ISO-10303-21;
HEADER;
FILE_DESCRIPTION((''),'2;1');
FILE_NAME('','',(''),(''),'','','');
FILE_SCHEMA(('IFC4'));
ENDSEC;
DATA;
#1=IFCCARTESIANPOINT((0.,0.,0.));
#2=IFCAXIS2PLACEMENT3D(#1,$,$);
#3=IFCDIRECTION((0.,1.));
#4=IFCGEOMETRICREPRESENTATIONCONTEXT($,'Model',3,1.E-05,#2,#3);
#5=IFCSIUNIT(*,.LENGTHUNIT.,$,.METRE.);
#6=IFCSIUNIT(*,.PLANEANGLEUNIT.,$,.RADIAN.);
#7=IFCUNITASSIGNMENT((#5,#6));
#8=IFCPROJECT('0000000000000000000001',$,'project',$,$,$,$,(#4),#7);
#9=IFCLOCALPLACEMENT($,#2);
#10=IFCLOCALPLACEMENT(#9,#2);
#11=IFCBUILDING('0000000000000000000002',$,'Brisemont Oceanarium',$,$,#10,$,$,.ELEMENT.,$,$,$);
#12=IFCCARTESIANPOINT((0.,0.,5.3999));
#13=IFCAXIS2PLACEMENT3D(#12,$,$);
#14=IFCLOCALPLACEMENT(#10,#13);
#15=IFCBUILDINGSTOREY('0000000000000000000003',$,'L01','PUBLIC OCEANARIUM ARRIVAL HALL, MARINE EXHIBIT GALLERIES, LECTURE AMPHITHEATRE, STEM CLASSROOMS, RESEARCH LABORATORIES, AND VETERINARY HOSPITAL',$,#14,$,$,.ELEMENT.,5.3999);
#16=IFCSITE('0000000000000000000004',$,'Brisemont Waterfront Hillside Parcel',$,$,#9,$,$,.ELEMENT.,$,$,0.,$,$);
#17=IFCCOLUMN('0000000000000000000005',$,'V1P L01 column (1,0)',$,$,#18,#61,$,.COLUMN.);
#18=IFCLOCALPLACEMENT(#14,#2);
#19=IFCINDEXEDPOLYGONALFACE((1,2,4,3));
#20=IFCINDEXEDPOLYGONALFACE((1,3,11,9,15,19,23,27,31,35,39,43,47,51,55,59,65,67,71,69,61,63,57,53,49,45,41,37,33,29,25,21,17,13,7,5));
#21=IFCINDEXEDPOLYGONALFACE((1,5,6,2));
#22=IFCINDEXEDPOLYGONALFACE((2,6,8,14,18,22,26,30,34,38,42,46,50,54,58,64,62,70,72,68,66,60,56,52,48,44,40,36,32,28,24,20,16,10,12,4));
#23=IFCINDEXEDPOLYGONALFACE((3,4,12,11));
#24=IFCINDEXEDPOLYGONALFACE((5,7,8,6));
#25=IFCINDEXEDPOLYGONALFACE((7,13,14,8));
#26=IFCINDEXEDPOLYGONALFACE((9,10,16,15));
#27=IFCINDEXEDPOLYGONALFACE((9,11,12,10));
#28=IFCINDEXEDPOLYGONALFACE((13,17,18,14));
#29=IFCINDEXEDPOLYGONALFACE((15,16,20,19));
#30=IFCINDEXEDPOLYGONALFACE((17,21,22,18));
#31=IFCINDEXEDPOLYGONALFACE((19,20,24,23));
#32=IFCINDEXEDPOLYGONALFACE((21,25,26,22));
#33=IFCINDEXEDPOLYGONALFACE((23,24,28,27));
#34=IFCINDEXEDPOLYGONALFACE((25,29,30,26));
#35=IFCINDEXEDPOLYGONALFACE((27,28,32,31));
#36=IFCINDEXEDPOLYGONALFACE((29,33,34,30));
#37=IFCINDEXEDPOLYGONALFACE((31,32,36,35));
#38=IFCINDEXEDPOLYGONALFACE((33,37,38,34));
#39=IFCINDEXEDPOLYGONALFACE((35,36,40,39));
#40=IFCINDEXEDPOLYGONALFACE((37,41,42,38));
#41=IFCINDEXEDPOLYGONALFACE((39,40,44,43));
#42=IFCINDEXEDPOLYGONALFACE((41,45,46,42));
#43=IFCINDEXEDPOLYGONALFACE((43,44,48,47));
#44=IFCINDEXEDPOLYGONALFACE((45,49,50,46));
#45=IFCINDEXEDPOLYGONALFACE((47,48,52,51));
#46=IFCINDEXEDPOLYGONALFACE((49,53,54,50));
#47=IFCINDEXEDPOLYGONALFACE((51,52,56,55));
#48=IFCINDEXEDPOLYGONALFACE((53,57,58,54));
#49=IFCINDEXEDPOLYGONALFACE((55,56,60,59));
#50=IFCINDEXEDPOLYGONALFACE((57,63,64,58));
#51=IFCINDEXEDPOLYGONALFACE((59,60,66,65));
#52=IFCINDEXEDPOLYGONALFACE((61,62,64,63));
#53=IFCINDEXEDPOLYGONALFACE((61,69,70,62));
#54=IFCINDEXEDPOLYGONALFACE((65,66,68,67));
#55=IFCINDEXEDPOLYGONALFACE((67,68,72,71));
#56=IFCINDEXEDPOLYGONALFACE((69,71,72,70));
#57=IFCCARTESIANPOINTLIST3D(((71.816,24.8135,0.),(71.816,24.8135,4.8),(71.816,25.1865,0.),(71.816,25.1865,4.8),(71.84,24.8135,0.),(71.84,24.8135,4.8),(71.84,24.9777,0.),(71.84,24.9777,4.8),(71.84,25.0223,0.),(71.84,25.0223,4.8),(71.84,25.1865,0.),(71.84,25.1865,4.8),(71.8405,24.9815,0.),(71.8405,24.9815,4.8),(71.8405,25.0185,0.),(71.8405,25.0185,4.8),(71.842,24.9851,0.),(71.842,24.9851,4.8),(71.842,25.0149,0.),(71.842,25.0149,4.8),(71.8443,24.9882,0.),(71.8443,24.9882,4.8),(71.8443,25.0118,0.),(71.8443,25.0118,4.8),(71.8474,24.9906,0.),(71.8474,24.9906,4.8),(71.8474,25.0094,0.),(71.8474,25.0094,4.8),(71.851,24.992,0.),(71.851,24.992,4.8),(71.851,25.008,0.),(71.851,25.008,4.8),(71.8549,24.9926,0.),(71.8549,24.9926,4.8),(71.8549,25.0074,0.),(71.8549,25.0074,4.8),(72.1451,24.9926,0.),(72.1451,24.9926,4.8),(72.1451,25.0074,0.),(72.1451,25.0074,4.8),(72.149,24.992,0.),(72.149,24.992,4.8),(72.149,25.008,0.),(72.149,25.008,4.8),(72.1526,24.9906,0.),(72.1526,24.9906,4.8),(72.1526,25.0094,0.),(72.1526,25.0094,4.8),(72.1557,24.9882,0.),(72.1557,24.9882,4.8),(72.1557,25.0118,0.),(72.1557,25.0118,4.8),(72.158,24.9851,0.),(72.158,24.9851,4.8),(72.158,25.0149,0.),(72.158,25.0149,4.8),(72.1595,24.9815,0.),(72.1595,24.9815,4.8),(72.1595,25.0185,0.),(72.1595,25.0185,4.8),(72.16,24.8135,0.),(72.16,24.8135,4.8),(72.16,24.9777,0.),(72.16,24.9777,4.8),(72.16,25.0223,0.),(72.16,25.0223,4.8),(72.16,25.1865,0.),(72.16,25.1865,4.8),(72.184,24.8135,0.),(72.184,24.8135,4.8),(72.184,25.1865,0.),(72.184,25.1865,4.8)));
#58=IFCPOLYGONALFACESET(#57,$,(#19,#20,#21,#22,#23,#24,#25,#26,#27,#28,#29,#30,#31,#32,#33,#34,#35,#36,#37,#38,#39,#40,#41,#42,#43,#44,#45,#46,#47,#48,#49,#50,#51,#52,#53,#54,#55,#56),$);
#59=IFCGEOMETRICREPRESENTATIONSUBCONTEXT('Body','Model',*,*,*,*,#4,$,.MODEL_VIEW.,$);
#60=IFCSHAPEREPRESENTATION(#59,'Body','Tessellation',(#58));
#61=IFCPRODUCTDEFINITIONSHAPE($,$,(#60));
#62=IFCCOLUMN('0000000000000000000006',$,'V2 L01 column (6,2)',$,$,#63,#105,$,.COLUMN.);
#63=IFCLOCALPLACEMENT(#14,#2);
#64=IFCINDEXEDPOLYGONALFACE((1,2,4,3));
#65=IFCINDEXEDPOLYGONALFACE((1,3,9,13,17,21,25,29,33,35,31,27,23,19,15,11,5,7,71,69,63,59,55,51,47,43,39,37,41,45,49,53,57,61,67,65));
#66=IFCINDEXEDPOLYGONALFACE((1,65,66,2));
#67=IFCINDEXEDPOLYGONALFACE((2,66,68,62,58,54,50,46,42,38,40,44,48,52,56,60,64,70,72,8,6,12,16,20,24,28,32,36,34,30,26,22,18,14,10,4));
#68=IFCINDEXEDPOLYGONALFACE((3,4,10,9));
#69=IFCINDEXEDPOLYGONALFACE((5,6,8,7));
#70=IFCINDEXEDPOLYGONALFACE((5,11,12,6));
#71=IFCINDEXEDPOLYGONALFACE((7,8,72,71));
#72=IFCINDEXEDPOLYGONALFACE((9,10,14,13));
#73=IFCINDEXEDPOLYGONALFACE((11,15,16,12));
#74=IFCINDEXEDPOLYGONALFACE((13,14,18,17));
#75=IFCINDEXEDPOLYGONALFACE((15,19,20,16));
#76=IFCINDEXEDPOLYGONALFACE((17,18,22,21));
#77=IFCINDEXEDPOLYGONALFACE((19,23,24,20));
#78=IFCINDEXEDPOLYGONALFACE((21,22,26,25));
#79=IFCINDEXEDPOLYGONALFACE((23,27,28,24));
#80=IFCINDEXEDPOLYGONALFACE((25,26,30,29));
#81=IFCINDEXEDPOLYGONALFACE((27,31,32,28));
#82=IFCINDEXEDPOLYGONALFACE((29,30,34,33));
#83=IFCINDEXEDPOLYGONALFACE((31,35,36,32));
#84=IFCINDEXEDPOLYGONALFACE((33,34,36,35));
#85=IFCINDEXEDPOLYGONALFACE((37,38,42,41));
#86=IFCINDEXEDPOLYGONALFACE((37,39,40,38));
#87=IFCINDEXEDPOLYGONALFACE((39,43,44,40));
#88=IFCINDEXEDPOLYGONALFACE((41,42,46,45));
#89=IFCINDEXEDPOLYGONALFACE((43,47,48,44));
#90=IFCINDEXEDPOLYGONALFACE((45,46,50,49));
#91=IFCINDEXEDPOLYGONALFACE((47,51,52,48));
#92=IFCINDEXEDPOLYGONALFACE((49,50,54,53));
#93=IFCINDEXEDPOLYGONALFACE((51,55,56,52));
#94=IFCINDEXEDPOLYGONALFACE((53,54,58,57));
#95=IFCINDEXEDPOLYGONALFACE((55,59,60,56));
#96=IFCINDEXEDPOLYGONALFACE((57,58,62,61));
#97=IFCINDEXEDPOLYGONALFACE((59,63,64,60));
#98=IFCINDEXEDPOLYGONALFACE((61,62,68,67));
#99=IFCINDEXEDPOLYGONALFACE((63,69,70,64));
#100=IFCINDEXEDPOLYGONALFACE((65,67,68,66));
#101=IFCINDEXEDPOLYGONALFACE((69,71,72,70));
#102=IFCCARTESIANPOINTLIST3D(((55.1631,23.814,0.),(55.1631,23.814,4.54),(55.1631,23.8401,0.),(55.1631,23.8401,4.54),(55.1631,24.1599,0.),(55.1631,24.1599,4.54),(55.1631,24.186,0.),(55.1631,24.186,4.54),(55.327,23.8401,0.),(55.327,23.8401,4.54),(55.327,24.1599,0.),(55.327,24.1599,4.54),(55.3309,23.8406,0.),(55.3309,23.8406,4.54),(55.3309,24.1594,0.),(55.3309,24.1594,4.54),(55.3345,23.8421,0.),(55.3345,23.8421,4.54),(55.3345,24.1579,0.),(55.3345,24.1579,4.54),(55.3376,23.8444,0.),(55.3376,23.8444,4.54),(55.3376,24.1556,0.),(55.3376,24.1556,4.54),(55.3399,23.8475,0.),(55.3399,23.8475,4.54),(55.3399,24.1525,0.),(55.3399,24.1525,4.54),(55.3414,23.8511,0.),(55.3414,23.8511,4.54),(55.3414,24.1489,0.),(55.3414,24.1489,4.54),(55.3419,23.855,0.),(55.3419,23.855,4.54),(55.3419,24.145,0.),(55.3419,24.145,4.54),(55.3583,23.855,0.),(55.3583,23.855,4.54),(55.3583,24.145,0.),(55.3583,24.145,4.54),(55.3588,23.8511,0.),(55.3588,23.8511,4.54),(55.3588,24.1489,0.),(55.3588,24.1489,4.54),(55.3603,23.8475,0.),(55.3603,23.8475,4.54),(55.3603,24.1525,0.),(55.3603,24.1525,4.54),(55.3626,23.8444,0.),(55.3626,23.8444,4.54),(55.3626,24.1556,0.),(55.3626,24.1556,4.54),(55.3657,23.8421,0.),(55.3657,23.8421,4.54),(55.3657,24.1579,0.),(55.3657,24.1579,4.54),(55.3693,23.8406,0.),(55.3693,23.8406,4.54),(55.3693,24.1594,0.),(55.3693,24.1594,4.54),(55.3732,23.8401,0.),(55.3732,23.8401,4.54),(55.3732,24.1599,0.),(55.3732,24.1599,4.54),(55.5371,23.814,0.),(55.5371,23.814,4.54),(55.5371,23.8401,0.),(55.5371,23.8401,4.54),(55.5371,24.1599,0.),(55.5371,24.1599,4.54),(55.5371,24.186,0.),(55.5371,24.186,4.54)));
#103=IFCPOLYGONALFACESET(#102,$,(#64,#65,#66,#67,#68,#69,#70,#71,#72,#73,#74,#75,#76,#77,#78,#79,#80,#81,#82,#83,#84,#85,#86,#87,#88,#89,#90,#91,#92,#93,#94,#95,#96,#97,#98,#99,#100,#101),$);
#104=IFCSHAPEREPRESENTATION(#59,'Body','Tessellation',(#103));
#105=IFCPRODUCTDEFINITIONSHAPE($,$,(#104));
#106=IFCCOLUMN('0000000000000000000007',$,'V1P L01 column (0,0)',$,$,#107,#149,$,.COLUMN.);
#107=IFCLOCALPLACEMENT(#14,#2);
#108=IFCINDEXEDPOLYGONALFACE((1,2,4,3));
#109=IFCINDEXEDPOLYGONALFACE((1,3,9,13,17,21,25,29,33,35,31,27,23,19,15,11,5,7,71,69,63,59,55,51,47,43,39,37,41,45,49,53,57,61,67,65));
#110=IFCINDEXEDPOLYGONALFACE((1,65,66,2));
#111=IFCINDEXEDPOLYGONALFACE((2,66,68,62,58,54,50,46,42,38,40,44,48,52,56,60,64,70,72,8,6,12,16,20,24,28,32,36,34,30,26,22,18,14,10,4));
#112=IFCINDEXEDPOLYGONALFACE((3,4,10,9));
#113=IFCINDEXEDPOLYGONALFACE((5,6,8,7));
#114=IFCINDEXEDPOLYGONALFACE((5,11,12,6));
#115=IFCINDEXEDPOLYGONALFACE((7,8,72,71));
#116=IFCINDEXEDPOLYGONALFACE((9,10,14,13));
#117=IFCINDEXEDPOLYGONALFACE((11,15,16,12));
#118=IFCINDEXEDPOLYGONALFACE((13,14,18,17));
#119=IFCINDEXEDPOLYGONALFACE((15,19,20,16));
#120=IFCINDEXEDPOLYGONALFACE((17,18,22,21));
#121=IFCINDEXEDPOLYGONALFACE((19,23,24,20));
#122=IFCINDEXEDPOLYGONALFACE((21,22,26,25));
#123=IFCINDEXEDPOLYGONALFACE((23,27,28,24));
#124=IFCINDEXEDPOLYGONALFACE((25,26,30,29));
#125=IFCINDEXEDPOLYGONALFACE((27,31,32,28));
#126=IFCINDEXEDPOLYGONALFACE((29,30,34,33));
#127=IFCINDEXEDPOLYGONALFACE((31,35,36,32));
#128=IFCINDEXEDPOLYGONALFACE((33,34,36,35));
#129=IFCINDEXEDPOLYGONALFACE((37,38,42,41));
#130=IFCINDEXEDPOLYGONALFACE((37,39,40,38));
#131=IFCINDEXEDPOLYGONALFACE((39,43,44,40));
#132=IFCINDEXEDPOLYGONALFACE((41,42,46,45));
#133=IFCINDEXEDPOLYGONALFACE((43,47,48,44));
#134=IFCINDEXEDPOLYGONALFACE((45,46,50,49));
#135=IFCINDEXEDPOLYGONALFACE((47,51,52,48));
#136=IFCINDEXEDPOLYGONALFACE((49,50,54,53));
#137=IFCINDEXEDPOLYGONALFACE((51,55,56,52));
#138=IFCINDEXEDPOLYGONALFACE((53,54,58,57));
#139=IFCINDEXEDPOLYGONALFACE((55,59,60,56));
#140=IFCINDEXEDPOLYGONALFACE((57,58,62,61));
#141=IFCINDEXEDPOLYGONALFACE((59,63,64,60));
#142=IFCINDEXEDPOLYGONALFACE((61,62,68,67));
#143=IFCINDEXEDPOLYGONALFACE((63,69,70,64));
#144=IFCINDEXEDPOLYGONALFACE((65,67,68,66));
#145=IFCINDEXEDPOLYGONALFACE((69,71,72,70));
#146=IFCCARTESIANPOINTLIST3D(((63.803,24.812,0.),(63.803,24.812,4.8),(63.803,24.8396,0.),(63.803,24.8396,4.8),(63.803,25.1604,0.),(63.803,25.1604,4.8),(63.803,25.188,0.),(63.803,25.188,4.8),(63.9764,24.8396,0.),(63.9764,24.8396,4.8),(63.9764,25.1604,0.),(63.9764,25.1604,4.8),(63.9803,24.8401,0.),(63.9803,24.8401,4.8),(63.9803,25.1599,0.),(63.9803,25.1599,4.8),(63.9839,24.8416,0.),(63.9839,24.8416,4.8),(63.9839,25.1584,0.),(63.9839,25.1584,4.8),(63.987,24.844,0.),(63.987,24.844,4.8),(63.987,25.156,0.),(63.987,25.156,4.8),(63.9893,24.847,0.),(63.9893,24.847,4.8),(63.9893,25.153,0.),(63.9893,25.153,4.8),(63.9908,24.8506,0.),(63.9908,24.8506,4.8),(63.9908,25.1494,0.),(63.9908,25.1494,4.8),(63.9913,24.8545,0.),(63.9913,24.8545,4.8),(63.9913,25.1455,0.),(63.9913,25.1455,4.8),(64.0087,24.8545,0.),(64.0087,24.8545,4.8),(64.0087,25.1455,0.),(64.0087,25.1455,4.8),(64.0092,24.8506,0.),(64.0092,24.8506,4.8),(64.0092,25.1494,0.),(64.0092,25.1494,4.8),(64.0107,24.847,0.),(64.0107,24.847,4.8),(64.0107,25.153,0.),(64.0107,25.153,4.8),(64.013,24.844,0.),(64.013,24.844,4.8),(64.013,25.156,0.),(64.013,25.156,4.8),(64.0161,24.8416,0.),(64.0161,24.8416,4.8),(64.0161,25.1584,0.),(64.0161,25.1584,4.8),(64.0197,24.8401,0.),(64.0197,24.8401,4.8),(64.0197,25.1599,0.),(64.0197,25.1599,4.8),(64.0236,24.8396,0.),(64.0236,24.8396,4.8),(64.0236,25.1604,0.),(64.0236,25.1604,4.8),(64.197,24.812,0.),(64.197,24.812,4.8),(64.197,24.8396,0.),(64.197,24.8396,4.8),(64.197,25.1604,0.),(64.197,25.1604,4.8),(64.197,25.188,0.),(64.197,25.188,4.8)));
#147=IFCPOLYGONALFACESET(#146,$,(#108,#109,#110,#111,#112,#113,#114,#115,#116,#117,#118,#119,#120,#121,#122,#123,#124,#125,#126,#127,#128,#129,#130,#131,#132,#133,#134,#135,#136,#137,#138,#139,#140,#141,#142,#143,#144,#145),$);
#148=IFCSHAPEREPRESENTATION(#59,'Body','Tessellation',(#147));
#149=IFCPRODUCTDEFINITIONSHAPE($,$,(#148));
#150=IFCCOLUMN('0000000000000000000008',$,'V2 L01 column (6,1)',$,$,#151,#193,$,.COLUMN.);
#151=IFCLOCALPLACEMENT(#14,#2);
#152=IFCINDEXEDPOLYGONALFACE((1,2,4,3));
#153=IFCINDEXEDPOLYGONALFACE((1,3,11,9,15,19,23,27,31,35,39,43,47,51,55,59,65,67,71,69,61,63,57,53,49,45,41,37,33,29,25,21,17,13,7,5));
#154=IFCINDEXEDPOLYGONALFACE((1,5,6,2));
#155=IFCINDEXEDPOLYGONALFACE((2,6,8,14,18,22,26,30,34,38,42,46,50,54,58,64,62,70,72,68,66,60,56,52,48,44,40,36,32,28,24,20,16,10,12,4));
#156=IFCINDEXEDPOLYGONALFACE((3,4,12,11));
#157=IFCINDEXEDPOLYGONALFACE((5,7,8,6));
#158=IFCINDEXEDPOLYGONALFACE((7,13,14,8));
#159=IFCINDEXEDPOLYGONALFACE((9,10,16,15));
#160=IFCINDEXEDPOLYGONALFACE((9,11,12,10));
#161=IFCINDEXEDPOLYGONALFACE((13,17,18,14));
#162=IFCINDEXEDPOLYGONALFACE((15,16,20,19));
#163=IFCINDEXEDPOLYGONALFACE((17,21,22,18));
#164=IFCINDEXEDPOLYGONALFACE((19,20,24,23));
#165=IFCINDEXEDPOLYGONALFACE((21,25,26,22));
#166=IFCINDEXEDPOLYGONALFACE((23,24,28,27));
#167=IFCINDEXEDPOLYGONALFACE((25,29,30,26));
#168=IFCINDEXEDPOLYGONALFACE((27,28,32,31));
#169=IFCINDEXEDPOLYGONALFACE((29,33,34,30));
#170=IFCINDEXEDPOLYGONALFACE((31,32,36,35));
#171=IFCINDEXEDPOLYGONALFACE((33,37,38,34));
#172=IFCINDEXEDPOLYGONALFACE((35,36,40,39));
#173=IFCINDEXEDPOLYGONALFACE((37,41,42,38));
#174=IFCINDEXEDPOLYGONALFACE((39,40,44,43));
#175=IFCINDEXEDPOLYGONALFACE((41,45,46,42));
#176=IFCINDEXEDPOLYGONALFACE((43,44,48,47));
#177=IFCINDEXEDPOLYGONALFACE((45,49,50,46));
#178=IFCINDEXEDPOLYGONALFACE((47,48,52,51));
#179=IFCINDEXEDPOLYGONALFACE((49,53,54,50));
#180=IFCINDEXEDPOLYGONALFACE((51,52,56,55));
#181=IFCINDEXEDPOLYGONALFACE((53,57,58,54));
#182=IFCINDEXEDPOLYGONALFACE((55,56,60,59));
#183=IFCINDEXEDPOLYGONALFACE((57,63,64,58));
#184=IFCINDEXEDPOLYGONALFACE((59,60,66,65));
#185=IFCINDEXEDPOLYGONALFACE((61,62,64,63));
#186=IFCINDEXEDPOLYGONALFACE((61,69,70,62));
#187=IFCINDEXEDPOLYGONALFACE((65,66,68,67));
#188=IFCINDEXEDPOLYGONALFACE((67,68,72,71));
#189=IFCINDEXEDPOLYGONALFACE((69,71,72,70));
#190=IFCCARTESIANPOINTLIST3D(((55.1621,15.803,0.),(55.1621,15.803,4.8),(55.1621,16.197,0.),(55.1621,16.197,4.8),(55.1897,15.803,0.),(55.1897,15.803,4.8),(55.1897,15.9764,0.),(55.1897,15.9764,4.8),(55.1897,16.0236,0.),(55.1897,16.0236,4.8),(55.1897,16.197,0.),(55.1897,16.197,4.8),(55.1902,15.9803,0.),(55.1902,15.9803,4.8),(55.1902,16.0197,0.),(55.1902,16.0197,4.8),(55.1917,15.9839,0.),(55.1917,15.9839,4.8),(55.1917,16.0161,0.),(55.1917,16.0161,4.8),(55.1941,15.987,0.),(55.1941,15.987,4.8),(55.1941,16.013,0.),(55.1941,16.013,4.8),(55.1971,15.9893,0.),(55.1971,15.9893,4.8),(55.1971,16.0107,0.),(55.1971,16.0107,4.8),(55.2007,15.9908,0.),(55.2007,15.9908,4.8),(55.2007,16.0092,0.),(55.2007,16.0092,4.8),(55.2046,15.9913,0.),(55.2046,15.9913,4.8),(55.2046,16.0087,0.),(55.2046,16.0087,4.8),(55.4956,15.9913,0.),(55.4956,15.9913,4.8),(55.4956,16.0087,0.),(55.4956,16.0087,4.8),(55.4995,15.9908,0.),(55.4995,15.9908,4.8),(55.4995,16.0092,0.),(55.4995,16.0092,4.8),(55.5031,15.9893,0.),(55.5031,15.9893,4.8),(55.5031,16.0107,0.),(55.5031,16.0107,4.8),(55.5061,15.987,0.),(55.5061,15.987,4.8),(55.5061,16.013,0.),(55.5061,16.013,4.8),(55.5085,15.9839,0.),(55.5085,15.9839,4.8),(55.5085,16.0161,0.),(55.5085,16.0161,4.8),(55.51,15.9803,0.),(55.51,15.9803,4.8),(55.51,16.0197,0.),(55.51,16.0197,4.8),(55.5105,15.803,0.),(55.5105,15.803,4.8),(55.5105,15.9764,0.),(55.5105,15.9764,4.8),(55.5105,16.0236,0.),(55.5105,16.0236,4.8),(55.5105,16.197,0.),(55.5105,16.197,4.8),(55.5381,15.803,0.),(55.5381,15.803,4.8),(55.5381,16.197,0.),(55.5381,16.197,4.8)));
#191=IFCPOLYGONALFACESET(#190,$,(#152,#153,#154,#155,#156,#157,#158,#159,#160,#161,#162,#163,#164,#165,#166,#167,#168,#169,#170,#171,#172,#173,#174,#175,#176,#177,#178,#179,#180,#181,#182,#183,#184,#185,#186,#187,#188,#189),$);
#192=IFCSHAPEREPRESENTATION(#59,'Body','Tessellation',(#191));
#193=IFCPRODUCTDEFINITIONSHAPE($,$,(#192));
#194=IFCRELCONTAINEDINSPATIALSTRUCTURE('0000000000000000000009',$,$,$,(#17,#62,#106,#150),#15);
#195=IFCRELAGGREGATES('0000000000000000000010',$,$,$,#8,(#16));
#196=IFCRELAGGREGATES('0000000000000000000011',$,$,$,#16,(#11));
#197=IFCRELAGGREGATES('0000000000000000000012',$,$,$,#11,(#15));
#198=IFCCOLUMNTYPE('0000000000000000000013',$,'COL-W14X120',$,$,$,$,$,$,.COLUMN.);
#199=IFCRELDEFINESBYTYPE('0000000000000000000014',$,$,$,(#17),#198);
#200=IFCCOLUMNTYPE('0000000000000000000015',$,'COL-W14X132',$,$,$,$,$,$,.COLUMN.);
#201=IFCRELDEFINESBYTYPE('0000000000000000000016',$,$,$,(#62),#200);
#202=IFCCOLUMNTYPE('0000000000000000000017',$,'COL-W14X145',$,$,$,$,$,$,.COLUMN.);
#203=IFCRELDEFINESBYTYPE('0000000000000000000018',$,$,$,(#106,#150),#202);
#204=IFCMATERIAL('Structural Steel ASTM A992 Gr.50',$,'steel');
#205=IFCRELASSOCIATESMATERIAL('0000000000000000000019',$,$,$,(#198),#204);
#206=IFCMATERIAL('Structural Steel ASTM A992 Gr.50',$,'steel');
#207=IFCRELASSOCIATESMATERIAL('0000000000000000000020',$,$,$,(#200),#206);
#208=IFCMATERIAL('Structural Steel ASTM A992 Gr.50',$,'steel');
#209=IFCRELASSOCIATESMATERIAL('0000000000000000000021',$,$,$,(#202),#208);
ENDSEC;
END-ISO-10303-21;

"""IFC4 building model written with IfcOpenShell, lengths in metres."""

from ifc_helpers import new_model, si_unit, direction, frame, origin, origin_2d, place, context, subcontext, project, spatial, i_section, extrude, material, material_profile, profile_set, type_object, element, save


model = new_model("IFC4")

# Units and contexts
model_context = context("Model", 3, precision=1e-05, world=origin(), true_north=direction((0.0, 1.0)))
body_context = subcontext(model_context, "Body", "Model", "MODEL_VIEW")
ifc_project = project(units=[si_unit("LENGTHUNIT", "METRE"), si_unit("PLANEANGLEUNIT", "RADIAN")], contexts=[model_context])

# Site, building, storey
site_placement = place(None, origin())
site = spatial("IfcSite", under=ifc_project, at=site_placement, Name="Brisemont Waterfront Hillside Parcel", CompositionType="ELEMENT", RefElevation=0.0)
building_placement = place(site_placement, origin())
building = spatial("IfcBuilding", under=site, at=building_placement, Name="Brisemont Oceanarium", CompositionType="ELEMENT")
storey_placement = place(building_placement, frame((0.0, 0.0, 5.3999)))
storey = spatial("IfcBuildingStorey", under=building, at=storey_placement, Name="L01", Description="PUBLIC OCEANARIUM ARRIVAL HALL, MARINE EXHIBIT GALLERIES, LECTURE AMPHITHEATRE, STEM CLASSROOMS, RESEARCH LABORATORIES, AND VETERINARY HOSPITAL", CompositionType="ELEMENT", Elevation=5.3999)

# Columns
ifc_material_1 = material(Name="Structural Steel ASTM A992 Gr.50", Category="steel")
ifc_material_profile_1 = material_profile(ifc_material_1, i_section(OverallWidth=0.373, OverallDepth=0.3679, WebThickness=0.0149, FlangeThickness=0.0239, FilletRadius=0.0149, at=origin_2d()), Name="W14X120")
ifc_profile_set_1 = profile_set([ifc_material_profile_1], Name="Structural Steel ASTM A992 Gr.50")
column_type_1 = type_object("IfcColumnType", Name="COL-W14X120", PredefinedType="COLUMN", material=ifc_profile_set_1)
column_1_placement = place(storey_placement, frame((72.0, 25.0, 0.0), z_axis=(0.0, 0.0, 1.0), x_axis=(0.0, 1.0, 0.0)))
element("IfcColumn", 1, at=column_1_placement, inside=storey, type_object=column_type_1, Name="V1P L01 column (1,0)", PredefinedType="COLUMN", context=body_context, shape_type="SweptSolid", body=[
    extrude(i_section(OverallWidth=0.373, OverallDepth=0.3679, WebThickness=0.0149, FlangeThickness=0.0239, FilletRadius=0.0149, at=origin_2d()), origin(), (0.0, 0.0, 1.0), 4.8),
])
ifc_material_2 = material(Name="Structural Steel ASTM A992 Gr.50", Category="steel")
ifc_material_profile_2 = material_profile(ifc_material_2, i_section(OverallWidth=0.374, OverallDepth=0.3721, WebThickness=0.0164, FlangeThickness=0.0261, FilletRadius=0.0149, at=origin_2d()), Name="W14X132")
ifc_profile_set_2 = profile_set([ifc_material_profile_2], Name="Structural Steel ASTM A992 Gr.50")
column_type_2 = type_object("IfcColumnType", Name="COL-W14X132", PredefinedType="COLUMN", material=ifc_profile_set_2)
column_2_placement = place(storey_placement, frame((55.3501, 24.0, 0.0), z_axis=(0.0, 0.0, 1.0), x_axis=(1.0, 0.0, 0.0)))
element("IfcColumn", 2, at=column_2_placement, inside=storey, type_object=column_type_2, Name="V2 L01 column (6,2)", PredefinedType="COLUMN", context=body_context, shape_type="SweptSolid", body=[
    extrude(i_section(OverallWidth=0.374, OverallDepth=0.3721, WebThickness=0.0164, FlangeThickness=0.0261, FilletRadius=0.0149, at=origin_2d()), origin(), (0.0, 0.0, 1.0), 4.54),
])
ifc_material_3 = material(Name="Structural Steel ASTM A992 Gr.50", Category="steel")
ifc_material_profile_3 = material_profile(ifc_material_3, i_section(OverallWidth=0.394, OverallDepth=0.376, WebThickness=0.0173, FlangeThickness=0.0276, FilletRadius=0.0149, at=origin_2d()), Name="W14X145")
ifc_profile_set_3 = profile_set([ifc_material_profile_3], Name="Structural Steel ASTM A992 Gr.50")
column_type_3 = type_object("IfcColumnType", Name="COL-W14X145", PredefinedType="COLUMN", material=ifc_profile_set_3)
for number, where, z_axis, x_axis, name in (
    (3, (64.0, 25.0, 0.0), (0.0, 0.0, 1.0), (1.0, 0.0, 0.0), "V1P L01 column (0,0)"),
    (4, (55.3501, 16.0, 0.0), (0.0, 0.0, 1.0), (0.0, 1.0, 0.0), "V2 L01 column (6,1)"),
):
    element("IfcColumn", number, at=place(storey_placement, frame(where, z_axis=z_axis, x_axis=x_axis)), inside=storey, type_object=column_type_3, Name=name, PredefinedType="COLUMN", context=body_context, shape_type="SweptSolid", body=[
        extrude(i_section(OverallWidth=0.394, OverallDepth=0.376, WebThickness=0.0173, FlangeThickness=0.0276, FilletRadius=0.0149, at=origin_2d()), origin(), (0.0, 0.0, 1.0), 4.8),
    ])

save(model, "model.ifc")
